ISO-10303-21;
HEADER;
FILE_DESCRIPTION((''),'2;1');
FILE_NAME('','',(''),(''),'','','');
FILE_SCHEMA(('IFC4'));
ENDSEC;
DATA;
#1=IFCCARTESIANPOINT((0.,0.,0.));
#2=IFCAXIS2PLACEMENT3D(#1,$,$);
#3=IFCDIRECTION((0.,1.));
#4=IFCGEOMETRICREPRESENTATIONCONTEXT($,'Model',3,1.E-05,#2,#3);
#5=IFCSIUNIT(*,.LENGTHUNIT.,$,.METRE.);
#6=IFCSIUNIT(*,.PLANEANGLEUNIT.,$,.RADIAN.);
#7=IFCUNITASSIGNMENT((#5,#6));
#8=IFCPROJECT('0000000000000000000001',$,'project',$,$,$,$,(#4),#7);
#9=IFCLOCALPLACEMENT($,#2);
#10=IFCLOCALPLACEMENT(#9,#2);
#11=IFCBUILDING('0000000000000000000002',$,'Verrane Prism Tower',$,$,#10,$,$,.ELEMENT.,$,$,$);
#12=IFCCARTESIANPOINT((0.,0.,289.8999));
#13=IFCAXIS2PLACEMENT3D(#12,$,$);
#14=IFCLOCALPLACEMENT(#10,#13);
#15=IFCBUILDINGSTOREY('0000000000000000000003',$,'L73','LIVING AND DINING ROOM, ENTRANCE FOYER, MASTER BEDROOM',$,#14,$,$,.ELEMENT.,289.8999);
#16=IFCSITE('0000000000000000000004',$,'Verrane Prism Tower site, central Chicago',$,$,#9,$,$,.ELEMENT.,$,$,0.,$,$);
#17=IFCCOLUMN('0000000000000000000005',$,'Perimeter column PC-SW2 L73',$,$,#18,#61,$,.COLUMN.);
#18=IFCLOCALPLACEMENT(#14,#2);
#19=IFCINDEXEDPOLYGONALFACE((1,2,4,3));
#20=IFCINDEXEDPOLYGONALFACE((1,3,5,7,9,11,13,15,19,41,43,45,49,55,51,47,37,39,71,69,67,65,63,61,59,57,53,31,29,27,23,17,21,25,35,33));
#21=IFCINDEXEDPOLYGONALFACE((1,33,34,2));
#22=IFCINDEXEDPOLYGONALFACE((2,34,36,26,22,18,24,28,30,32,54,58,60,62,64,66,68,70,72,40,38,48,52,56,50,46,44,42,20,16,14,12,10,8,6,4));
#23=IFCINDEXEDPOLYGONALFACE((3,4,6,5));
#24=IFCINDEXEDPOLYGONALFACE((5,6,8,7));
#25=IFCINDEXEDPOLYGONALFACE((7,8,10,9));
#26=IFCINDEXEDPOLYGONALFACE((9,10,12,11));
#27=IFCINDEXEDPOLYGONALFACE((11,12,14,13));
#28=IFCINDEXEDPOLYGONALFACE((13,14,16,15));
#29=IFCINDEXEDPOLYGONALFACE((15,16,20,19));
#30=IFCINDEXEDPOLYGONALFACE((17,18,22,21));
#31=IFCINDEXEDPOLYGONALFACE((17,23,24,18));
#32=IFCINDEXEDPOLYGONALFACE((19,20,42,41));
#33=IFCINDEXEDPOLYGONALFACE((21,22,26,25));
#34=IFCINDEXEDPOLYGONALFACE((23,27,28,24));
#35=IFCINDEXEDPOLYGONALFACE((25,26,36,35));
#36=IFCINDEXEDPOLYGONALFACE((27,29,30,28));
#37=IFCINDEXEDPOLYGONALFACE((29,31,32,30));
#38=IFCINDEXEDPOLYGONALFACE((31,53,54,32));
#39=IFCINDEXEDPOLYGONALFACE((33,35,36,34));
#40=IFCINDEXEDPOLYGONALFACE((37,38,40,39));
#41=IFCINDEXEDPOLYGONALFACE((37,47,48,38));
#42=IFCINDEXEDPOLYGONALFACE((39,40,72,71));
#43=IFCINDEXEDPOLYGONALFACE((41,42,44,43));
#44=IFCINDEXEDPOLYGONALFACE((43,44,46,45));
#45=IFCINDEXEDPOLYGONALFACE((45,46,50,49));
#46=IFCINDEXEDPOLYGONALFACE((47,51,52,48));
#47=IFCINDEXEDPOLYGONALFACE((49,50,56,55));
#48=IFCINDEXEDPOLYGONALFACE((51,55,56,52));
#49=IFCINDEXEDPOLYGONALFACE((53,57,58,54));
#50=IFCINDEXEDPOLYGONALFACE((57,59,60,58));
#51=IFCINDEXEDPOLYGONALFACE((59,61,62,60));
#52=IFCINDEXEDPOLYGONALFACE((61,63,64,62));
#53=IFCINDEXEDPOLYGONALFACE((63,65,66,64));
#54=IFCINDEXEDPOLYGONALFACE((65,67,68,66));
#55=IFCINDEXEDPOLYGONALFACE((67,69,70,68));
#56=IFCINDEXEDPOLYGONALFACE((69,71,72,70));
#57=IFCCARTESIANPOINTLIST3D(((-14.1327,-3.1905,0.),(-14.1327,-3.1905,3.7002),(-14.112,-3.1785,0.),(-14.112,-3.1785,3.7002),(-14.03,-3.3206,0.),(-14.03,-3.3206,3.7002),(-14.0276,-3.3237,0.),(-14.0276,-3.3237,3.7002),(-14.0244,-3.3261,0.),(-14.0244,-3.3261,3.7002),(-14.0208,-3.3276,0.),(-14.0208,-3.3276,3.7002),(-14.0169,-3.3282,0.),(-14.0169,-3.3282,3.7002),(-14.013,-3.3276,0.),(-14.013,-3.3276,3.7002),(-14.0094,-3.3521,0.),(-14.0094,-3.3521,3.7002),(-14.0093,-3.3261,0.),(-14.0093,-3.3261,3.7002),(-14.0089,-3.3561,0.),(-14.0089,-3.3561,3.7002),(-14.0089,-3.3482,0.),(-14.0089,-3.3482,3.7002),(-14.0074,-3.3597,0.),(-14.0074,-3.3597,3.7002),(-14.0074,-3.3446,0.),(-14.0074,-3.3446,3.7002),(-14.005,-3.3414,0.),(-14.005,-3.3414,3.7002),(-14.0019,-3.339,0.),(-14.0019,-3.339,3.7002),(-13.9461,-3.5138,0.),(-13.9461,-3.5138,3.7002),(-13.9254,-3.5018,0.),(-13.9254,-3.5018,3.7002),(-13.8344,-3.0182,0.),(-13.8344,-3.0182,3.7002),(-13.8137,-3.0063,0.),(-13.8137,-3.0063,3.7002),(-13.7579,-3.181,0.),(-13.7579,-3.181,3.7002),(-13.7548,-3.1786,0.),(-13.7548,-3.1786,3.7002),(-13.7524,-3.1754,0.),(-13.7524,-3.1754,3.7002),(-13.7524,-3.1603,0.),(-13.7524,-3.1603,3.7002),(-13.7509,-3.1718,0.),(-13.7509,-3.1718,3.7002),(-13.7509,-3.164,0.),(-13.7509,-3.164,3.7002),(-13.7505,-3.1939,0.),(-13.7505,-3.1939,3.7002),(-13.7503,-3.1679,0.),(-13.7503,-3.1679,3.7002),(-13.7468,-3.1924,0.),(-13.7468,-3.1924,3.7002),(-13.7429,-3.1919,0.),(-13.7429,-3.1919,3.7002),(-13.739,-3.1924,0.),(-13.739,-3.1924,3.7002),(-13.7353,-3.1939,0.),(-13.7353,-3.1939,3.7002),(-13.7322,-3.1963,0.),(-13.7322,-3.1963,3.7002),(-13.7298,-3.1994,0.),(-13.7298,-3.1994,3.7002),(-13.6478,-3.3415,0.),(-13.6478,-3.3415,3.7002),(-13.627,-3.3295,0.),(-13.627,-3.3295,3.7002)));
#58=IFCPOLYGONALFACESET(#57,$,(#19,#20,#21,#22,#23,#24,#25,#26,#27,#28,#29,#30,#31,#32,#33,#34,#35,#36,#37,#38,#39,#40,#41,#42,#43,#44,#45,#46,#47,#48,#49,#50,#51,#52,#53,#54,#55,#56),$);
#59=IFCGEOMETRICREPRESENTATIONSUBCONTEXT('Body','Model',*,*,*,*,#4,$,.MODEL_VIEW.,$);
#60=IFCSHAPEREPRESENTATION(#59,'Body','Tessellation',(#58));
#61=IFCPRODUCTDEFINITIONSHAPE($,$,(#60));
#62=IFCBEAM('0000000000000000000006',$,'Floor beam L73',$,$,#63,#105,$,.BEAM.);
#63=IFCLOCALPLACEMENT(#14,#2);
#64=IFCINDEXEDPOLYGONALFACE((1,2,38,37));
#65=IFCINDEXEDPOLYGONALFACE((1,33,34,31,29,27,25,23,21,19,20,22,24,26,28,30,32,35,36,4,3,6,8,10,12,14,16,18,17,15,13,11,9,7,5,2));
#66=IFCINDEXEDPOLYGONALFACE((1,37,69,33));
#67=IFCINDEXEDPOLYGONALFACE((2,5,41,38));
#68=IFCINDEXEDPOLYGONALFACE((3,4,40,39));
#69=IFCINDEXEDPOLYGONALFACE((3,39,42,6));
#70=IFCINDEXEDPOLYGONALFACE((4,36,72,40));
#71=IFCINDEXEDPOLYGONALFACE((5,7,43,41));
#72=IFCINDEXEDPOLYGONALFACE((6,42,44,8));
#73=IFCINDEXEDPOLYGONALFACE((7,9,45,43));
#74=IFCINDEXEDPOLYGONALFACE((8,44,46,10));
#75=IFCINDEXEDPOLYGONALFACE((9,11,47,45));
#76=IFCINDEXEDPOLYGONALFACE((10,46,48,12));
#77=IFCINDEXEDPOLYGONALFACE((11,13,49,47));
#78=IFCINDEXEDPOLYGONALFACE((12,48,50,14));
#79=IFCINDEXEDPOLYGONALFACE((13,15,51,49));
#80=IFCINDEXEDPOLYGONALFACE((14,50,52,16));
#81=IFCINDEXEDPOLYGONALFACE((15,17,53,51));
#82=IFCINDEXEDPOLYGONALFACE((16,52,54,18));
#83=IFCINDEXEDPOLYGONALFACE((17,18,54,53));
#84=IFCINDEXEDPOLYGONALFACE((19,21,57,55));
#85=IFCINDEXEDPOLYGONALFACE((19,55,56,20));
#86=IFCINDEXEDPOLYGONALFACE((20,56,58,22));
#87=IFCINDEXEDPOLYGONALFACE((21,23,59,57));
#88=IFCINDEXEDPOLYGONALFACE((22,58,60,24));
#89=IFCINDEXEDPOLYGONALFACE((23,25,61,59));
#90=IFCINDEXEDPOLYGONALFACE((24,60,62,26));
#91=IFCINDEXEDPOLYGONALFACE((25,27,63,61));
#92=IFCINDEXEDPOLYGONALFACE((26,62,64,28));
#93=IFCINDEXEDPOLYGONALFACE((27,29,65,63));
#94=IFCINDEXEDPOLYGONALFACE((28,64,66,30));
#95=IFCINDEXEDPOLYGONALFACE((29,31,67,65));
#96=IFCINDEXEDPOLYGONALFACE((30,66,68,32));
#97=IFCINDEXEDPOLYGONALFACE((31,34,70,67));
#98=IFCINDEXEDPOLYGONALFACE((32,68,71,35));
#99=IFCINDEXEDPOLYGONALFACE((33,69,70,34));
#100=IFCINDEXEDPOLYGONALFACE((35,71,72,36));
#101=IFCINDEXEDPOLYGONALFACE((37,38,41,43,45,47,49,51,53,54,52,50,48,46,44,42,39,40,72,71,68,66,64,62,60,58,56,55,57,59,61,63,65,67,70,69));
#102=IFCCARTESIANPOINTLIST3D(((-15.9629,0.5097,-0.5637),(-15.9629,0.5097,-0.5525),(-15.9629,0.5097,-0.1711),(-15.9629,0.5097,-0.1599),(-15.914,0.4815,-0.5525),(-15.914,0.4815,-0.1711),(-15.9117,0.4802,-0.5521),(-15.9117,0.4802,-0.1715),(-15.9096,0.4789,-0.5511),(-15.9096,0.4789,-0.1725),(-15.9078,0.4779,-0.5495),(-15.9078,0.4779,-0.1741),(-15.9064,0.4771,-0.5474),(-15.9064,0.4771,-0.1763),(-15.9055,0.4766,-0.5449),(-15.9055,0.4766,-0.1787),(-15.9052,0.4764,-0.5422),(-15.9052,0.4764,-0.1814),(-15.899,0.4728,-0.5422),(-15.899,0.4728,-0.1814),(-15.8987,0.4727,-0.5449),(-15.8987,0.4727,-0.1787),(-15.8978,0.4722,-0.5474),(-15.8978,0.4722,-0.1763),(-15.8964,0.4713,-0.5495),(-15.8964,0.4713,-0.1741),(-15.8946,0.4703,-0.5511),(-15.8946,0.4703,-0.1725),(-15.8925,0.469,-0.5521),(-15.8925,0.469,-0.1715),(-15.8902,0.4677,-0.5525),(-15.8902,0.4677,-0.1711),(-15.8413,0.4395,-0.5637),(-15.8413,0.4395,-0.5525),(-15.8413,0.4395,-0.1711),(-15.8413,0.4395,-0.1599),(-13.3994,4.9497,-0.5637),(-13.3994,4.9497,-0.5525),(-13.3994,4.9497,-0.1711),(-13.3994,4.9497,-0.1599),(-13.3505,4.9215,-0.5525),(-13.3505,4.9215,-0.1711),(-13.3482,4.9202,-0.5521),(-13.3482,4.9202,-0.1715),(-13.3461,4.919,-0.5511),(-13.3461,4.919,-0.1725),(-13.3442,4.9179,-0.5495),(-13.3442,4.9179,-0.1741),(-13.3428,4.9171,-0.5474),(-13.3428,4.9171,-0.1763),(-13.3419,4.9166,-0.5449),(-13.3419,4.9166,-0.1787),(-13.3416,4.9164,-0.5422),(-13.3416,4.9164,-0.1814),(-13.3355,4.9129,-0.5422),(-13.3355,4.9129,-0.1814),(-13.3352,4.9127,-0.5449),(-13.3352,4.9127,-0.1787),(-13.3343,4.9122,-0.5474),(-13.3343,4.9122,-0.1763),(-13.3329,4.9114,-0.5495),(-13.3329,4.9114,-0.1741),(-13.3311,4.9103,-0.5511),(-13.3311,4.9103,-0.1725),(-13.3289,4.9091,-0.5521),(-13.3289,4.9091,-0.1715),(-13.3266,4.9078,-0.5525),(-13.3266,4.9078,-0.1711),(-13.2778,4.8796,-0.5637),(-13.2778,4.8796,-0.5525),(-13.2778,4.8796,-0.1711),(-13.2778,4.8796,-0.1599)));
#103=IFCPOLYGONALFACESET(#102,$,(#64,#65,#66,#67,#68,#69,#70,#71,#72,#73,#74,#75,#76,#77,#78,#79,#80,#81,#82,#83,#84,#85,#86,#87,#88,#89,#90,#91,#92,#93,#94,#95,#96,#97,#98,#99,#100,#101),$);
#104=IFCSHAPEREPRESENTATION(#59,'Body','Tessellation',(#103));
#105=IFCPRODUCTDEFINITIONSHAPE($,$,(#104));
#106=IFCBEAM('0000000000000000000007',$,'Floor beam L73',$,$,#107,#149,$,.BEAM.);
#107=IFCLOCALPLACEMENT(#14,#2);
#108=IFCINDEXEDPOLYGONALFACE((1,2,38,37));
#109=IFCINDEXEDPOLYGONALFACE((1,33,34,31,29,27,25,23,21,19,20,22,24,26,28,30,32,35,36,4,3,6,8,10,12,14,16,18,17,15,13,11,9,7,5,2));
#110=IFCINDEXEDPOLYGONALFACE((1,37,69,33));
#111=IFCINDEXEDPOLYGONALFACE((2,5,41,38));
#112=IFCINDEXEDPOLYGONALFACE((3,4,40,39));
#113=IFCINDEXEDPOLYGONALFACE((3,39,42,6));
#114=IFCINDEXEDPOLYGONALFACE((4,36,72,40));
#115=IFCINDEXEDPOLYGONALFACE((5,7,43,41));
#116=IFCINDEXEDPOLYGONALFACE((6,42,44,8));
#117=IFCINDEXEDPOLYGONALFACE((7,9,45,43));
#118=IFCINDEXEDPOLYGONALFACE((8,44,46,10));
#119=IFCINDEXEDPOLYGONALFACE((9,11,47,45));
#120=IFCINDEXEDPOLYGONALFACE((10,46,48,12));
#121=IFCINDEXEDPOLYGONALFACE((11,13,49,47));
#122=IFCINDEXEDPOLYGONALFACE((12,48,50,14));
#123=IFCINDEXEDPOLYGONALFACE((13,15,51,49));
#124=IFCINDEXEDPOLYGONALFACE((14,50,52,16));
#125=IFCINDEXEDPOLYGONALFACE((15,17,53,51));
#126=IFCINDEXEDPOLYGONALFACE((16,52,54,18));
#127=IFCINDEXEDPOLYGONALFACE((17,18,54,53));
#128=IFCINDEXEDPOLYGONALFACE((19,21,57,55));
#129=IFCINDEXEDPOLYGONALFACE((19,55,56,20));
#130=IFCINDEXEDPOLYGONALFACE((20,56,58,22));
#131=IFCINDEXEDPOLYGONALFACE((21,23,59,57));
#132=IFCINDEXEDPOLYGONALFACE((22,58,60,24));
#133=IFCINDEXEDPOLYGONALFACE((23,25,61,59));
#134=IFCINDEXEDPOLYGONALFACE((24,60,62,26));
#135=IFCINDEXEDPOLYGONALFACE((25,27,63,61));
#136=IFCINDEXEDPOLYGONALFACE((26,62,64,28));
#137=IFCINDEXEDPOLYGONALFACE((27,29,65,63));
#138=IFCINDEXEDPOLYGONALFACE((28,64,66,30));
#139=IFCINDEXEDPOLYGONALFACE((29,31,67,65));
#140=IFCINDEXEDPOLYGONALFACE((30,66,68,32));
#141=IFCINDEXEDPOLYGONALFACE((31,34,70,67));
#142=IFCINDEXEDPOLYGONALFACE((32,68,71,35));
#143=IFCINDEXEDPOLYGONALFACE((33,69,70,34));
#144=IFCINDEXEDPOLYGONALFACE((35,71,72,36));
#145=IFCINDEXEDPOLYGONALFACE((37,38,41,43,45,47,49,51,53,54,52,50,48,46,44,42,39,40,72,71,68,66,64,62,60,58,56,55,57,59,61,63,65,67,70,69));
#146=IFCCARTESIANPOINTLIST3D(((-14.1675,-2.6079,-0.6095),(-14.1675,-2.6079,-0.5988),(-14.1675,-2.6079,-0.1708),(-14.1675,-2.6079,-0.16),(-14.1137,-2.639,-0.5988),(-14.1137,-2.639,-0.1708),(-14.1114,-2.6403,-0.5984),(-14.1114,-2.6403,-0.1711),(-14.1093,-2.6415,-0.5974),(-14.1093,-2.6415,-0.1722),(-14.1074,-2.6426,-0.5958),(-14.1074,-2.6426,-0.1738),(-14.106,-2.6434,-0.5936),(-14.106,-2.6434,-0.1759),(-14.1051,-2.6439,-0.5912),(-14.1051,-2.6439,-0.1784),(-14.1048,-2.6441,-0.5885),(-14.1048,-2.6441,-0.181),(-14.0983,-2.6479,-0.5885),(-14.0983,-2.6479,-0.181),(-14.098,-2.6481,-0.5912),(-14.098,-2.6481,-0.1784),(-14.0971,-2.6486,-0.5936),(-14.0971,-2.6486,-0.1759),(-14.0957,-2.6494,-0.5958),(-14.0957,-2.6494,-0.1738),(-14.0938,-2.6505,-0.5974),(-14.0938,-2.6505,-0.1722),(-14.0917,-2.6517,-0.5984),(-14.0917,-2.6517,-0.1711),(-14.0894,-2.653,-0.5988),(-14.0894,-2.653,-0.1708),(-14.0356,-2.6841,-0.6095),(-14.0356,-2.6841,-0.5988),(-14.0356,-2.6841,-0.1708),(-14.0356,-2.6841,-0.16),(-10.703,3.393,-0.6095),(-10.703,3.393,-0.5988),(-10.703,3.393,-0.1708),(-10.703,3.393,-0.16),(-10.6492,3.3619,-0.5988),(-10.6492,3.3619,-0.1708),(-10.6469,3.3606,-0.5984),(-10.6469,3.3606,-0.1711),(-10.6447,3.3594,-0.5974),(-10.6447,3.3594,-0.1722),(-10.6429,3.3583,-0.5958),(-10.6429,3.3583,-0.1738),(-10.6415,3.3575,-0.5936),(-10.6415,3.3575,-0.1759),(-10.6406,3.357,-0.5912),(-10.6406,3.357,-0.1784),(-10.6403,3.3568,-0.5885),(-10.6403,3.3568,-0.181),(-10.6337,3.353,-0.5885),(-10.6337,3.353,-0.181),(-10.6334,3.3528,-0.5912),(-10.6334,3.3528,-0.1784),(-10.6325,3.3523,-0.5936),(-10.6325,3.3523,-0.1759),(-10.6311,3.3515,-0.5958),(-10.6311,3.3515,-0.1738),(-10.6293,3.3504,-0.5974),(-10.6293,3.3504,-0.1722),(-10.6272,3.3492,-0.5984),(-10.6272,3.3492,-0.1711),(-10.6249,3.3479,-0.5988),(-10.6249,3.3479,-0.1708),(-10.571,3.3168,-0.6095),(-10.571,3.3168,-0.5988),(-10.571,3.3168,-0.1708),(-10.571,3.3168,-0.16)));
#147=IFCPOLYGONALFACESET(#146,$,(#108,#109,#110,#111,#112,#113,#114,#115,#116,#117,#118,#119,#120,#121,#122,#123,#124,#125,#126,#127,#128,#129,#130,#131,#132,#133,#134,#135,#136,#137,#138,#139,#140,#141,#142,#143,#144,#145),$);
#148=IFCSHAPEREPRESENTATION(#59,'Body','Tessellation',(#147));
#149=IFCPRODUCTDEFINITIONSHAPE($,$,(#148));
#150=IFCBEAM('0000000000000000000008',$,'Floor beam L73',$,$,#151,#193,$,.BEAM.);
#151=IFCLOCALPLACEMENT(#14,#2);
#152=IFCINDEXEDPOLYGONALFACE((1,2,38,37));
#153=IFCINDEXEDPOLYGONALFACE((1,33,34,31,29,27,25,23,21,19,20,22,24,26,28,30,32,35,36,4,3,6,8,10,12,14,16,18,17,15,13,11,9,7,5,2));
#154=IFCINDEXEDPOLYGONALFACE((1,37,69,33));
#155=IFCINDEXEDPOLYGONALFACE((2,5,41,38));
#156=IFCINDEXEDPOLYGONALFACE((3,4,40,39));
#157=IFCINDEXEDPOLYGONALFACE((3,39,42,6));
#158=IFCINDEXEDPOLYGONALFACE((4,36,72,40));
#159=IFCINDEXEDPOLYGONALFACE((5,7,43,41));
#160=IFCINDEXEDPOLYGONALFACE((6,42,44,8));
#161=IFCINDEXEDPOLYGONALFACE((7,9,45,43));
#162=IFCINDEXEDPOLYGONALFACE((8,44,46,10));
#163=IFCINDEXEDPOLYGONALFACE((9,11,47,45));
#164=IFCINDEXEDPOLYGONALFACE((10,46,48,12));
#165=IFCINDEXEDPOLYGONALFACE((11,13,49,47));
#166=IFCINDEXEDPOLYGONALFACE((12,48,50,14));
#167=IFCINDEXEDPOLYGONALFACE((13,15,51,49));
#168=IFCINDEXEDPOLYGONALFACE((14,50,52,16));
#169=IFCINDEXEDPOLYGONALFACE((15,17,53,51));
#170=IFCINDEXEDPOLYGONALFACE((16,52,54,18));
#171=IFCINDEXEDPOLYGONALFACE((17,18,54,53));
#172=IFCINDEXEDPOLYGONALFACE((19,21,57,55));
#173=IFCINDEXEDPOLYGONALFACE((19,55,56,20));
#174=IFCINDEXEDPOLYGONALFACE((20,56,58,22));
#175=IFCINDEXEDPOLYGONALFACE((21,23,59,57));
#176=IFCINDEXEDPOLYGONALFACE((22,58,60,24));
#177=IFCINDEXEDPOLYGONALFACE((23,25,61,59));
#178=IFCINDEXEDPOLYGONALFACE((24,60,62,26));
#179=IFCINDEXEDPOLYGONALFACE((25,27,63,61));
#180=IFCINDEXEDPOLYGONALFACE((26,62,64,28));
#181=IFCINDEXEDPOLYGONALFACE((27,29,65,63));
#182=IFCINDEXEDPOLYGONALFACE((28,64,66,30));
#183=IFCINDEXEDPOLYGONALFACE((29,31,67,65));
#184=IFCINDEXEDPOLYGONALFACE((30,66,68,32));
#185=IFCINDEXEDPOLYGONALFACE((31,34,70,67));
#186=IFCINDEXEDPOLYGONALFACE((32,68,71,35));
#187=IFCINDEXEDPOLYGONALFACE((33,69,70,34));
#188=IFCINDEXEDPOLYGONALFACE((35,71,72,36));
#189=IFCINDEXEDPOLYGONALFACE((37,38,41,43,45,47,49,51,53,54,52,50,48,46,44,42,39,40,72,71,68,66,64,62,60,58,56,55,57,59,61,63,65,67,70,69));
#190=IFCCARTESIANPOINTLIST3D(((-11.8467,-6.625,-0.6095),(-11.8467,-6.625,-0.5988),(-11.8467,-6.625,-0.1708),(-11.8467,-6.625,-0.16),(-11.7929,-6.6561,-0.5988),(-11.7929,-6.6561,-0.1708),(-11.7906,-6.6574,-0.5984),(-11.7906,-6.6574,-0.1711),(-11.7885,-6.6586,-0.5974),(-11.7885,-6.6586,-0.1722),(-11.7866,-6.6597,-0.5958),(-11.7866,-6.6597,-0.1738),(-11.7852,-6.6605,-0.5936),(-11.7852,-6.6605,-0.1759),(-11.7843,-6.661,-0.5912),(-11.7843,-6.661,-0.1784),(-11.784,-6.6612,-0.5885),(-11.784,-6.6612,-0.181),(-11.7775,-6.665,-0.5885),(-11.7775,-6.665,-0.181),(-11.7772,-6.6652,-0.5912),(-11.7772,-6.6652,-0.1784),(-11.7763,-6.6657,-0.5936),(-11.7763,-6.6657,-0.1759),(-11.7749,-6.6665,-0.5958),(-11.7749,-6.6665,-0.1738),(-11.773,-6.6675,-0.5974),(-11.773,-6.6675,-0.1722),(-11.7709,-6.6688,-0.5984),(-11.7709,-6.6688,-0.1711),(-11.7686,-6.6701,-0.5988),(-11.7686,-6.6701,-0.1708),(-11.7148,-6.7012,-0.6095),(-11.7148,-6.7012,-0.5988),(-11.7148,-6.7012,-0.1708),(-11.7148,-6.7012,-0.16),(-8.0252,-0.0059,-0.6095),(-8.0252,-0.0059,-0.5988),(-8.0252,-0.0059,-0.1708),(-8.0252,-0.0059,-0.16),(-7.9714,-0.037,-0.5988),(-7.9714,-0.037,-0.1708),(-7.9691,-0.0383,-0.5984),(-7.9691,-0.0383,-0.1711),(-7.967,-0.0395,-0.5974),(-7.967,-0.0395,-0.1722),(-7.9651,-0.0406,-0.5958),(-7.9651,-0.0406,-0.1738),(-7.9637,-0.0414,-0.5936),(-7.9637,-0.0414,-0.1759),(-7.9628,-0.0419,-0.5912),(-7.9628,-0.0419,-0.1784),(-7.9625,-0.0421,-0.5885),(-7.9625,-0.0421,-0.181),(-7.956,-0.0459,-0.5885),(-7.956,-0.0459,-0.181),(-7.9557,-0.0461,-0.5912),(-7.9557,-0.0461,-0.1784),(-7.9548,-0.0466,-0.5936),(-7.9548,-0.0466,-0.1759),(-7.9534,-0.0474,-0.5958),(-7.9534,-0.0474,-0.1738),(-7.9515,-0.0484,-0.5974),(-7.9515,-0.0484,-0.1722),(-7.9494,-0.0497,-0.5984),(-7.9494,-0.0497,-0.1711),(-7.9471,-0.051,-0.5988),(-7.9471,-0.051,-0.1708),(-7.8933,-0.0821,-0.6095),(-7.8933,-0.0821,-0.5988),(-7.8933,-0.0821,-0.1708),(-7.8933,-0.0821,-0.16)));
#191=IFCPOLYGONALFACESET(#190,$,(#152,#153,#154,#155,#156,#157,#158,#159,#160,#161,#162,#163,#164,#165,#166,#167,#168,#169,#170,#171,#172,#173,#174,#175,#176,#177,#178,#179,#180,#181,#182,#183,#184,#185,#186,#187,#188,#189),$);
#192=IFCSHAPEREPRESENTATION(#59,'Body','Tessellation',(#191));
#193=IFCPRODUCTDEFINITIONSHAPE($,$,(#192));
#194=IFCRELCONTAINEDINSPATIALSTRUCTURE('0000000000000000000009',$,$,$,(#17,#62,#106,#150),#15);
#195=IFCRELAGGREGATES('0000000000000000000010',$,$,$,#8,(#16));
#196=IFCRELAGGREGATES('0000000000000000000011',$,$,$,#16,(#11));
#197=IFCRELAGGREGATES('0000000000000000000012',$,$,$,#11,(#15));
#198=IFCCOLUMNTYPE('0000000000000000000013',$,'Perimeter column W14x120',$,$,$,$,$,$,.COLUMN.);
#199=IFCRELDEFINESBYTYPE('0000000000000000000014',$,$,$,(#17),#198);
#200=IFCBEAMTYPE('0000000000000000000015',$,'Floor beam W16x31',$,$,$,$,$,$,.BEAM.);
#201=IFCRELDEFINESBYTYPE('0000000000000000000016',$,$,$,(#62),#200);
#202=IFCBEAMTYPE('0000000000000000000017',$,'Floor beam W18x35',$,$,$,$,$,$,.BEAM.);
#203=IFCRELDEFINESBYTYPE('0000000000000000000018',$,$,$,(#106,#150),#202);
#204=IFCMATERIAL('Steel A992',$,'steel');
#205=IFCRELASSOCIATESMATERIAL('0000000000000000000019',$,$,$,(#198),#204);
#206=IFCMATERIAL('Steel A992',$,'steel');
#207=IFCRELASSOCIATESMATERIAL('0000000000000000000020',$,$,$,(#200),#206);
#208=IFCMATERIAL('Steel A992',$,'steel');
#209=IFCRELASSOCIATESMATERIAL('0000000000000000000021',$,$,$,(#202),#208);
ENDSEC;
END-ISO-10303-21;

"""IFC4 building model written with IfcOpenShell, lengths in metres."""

from ifc_helpers import new_model, si_unit, direction, frame, origin, origin_2d, place, context, subcontext, project, spatial, i_section, extrude, material, material_profile, profile_set, type_object, element, save


model = new_model("IFC4")

# Units and contexts
model_context = context("Model", 3, precision=1e-05, world=origin(), true_north=direction((0.0, 1.0)))
body_context = subcontext(model_context, "Body", "Model", "MODEL_VIEW")
ifc_project = project(units=[si_unit("LENGTHUNIT", "METRE"), si_unit("PLANEANGLEUNIT", "RADIAN")], contexts=[model_context])

# Site, building, storey
site_placement = place(None, origin())
site = spatial("IfcSite", under=ifc_project, at=site_placement, Name="Verrane Prism Tower site, central Chicago", CompositionType="ELEMENT", RefElevation=0.0)
building_placement = place(site_placement, origin())
building = spatial("IfcBuilding", under=site, at=building_placement, Name="Verrane Prism Tower", CompositionType="ELEMENT")
storey_placement = place(building_placement, frame((0.0, 0.0, 289.8999)))
storey = spatial("IfcBuildingStorey", under=building, at=storey_placement, Name="L73", Description="LIVING AND DINING ROOM, ENTRANCE FOYER, MASTER BEDROOM", CompositionType="ELEMENT", Elevation=289.8999)

# Column
ifc_material_1 = material(Name="Steel A992", Category="steel")
ifc_material_profile_1 = material_profile(ifc_material_1, i_section(OverallWidth=0.3733, OverallDepth=0.3684, WebThickness=0.0149, FlangeThickness=0.0239, FilletRadius=0.0151, at=origin_2d()), Name="W14x120")
ifc_profile_set_1 = profile_set([ifc_material_profile_1], Name="Steel A992")
column_type = type_object("IfcColumnType", Name="Perimeter column W14x120", PredefinedType="COLUMN", material=ifc_profile_set_1)
column_placement = place(storey_placement, frame((-13.8799, -3.26, 0.0), z_axis=(0.0, 0.0, 1.0), x_axis=(-0.5, 0.866025, 0.0)))
element("IfcColumn", 1, at=column_placement, inside=storey, type_object=column_type, Name="Perimeter column PC-SW2 L73", PredefinedType="COLUMN", context=body_context, shape_type="SweptSolid", body=[
    extrude(i_section(OverallWidth=0.3733, OverallDepth=0.3684, WebThickness=0.0149, FlangeThickness=0.0239, FilletRadius=0.0151, at=origin_2d()), origin(), (0.0, 0.0, 1.0), 3.7002),
])

# Beams
ifc_material_2 = material(Name="Steel A992", Category="steel")
ifc_material_profile_2 = material_profile(ifc_material_2, i_section(OverallWidth=0.1404, OverallDepth=0.4038, WebThickness=0.0071, FlangeThickness=0.0112, FilletRadius=0.0103, at=origin_2d()), Name="W16x31")
ifc_profile_set_2 = profile_set([ifc_material_profile_2], Name="Steel A992")
beam_type_1 = type_object("IfcBeamType", Name="Floor beam W16x31", PredefinedType="BEAM", material=ifc_profile_set_2)
beam_1_placement = place(storey_placement, frame((-15.9021, 0.4746, -0.3618), z_axis=(0.500011, 0.866019, 0.0), x_axis=(-0.866019, 0.500011, 0.0)))
element("IfcBeam", 2, at=beam_1_placement, inside=storey, type_object=beam_type_1, Name="Floor beam L73", PredefinedType="BEAM", context=body_context, shape_type="SweptSolid", body=[
    extrude(i_section(OverallWidth=0.1404, OverallDepth=0.4038, WebThickness=0.0071, FlangeThickness=0.0112, FilletRadius=0.0103, at=origin_2d()), origin(), (0.0, 0.0, 1.0), 5.127),
])
ifc_material_3 = material(Name="Steel A992", Category="steel")
ifc_material_profile_3 = material_profile(ifc_material_3, i_section(OverallWidth=0.1523, OverallDepth=0.4495, WebThickness=0.0076, FlangeThickness=0.0107, FilletRadius=0.0103, at=origin_2d()), Name="W18x35")
ifc_profile_set_3 = profile_set([ifc_material_profile_3], Name="Steel A992")
beam_type_2 = type_object("IfcBeamType", Name="Floor beam W18x35", PredefinedType="BEAM", material=ifc_profile_set_3)
beam_2_placement = place(storey_placement, frame((-14.1016, -2.646, -0.3848), z_axis=(0.499993, 0.86603, 0.0), x_axis=(-0.86603, 0.499993, 0.0)))
element("IfcBeam", 3, at=beam_2_placement, inside=storey, type_object=beam_type_2, Name="Floor beam L73", PredefinedType="BEAM", context=body_context, shape_type="SweptSolid", body=[
    extrude(i_section(OverallWidth=0.1523, OverallDepth=0.4495, WebThickness=0.0076, FlangeThickness=0.0107, FilletRadius=0.0103, at=origin_2d()), origin(), (0.0, 0.0, 1.0), 6.9292),
])
beam_3_placement = place(storey_placement, frame((-11.7808, -6.6631, -0.3848), z_axis=(0.499997, 0.866027, 0.0), x_axis=(-0.866027, 0.499997, 0.0)))
element("IfcBeam", 4, at=beam_3_placement, inside=storey, type_object=beam_type_2, Name="Floor beam L73", PredefinedType="BEAM", context=body_context, shape_type="SweptSolid", body=[
    extrude(i_section(OverallWidth=0.1523, OverallDepth=0.4495, WebThickness=0.0076, FlangeThickness=0.0107, FilletRadius=0.0103, at=origin_2d()), origin(), (0.0, 0.0, 1.0), 7.6431),
])

save(model, "model.ifc")
